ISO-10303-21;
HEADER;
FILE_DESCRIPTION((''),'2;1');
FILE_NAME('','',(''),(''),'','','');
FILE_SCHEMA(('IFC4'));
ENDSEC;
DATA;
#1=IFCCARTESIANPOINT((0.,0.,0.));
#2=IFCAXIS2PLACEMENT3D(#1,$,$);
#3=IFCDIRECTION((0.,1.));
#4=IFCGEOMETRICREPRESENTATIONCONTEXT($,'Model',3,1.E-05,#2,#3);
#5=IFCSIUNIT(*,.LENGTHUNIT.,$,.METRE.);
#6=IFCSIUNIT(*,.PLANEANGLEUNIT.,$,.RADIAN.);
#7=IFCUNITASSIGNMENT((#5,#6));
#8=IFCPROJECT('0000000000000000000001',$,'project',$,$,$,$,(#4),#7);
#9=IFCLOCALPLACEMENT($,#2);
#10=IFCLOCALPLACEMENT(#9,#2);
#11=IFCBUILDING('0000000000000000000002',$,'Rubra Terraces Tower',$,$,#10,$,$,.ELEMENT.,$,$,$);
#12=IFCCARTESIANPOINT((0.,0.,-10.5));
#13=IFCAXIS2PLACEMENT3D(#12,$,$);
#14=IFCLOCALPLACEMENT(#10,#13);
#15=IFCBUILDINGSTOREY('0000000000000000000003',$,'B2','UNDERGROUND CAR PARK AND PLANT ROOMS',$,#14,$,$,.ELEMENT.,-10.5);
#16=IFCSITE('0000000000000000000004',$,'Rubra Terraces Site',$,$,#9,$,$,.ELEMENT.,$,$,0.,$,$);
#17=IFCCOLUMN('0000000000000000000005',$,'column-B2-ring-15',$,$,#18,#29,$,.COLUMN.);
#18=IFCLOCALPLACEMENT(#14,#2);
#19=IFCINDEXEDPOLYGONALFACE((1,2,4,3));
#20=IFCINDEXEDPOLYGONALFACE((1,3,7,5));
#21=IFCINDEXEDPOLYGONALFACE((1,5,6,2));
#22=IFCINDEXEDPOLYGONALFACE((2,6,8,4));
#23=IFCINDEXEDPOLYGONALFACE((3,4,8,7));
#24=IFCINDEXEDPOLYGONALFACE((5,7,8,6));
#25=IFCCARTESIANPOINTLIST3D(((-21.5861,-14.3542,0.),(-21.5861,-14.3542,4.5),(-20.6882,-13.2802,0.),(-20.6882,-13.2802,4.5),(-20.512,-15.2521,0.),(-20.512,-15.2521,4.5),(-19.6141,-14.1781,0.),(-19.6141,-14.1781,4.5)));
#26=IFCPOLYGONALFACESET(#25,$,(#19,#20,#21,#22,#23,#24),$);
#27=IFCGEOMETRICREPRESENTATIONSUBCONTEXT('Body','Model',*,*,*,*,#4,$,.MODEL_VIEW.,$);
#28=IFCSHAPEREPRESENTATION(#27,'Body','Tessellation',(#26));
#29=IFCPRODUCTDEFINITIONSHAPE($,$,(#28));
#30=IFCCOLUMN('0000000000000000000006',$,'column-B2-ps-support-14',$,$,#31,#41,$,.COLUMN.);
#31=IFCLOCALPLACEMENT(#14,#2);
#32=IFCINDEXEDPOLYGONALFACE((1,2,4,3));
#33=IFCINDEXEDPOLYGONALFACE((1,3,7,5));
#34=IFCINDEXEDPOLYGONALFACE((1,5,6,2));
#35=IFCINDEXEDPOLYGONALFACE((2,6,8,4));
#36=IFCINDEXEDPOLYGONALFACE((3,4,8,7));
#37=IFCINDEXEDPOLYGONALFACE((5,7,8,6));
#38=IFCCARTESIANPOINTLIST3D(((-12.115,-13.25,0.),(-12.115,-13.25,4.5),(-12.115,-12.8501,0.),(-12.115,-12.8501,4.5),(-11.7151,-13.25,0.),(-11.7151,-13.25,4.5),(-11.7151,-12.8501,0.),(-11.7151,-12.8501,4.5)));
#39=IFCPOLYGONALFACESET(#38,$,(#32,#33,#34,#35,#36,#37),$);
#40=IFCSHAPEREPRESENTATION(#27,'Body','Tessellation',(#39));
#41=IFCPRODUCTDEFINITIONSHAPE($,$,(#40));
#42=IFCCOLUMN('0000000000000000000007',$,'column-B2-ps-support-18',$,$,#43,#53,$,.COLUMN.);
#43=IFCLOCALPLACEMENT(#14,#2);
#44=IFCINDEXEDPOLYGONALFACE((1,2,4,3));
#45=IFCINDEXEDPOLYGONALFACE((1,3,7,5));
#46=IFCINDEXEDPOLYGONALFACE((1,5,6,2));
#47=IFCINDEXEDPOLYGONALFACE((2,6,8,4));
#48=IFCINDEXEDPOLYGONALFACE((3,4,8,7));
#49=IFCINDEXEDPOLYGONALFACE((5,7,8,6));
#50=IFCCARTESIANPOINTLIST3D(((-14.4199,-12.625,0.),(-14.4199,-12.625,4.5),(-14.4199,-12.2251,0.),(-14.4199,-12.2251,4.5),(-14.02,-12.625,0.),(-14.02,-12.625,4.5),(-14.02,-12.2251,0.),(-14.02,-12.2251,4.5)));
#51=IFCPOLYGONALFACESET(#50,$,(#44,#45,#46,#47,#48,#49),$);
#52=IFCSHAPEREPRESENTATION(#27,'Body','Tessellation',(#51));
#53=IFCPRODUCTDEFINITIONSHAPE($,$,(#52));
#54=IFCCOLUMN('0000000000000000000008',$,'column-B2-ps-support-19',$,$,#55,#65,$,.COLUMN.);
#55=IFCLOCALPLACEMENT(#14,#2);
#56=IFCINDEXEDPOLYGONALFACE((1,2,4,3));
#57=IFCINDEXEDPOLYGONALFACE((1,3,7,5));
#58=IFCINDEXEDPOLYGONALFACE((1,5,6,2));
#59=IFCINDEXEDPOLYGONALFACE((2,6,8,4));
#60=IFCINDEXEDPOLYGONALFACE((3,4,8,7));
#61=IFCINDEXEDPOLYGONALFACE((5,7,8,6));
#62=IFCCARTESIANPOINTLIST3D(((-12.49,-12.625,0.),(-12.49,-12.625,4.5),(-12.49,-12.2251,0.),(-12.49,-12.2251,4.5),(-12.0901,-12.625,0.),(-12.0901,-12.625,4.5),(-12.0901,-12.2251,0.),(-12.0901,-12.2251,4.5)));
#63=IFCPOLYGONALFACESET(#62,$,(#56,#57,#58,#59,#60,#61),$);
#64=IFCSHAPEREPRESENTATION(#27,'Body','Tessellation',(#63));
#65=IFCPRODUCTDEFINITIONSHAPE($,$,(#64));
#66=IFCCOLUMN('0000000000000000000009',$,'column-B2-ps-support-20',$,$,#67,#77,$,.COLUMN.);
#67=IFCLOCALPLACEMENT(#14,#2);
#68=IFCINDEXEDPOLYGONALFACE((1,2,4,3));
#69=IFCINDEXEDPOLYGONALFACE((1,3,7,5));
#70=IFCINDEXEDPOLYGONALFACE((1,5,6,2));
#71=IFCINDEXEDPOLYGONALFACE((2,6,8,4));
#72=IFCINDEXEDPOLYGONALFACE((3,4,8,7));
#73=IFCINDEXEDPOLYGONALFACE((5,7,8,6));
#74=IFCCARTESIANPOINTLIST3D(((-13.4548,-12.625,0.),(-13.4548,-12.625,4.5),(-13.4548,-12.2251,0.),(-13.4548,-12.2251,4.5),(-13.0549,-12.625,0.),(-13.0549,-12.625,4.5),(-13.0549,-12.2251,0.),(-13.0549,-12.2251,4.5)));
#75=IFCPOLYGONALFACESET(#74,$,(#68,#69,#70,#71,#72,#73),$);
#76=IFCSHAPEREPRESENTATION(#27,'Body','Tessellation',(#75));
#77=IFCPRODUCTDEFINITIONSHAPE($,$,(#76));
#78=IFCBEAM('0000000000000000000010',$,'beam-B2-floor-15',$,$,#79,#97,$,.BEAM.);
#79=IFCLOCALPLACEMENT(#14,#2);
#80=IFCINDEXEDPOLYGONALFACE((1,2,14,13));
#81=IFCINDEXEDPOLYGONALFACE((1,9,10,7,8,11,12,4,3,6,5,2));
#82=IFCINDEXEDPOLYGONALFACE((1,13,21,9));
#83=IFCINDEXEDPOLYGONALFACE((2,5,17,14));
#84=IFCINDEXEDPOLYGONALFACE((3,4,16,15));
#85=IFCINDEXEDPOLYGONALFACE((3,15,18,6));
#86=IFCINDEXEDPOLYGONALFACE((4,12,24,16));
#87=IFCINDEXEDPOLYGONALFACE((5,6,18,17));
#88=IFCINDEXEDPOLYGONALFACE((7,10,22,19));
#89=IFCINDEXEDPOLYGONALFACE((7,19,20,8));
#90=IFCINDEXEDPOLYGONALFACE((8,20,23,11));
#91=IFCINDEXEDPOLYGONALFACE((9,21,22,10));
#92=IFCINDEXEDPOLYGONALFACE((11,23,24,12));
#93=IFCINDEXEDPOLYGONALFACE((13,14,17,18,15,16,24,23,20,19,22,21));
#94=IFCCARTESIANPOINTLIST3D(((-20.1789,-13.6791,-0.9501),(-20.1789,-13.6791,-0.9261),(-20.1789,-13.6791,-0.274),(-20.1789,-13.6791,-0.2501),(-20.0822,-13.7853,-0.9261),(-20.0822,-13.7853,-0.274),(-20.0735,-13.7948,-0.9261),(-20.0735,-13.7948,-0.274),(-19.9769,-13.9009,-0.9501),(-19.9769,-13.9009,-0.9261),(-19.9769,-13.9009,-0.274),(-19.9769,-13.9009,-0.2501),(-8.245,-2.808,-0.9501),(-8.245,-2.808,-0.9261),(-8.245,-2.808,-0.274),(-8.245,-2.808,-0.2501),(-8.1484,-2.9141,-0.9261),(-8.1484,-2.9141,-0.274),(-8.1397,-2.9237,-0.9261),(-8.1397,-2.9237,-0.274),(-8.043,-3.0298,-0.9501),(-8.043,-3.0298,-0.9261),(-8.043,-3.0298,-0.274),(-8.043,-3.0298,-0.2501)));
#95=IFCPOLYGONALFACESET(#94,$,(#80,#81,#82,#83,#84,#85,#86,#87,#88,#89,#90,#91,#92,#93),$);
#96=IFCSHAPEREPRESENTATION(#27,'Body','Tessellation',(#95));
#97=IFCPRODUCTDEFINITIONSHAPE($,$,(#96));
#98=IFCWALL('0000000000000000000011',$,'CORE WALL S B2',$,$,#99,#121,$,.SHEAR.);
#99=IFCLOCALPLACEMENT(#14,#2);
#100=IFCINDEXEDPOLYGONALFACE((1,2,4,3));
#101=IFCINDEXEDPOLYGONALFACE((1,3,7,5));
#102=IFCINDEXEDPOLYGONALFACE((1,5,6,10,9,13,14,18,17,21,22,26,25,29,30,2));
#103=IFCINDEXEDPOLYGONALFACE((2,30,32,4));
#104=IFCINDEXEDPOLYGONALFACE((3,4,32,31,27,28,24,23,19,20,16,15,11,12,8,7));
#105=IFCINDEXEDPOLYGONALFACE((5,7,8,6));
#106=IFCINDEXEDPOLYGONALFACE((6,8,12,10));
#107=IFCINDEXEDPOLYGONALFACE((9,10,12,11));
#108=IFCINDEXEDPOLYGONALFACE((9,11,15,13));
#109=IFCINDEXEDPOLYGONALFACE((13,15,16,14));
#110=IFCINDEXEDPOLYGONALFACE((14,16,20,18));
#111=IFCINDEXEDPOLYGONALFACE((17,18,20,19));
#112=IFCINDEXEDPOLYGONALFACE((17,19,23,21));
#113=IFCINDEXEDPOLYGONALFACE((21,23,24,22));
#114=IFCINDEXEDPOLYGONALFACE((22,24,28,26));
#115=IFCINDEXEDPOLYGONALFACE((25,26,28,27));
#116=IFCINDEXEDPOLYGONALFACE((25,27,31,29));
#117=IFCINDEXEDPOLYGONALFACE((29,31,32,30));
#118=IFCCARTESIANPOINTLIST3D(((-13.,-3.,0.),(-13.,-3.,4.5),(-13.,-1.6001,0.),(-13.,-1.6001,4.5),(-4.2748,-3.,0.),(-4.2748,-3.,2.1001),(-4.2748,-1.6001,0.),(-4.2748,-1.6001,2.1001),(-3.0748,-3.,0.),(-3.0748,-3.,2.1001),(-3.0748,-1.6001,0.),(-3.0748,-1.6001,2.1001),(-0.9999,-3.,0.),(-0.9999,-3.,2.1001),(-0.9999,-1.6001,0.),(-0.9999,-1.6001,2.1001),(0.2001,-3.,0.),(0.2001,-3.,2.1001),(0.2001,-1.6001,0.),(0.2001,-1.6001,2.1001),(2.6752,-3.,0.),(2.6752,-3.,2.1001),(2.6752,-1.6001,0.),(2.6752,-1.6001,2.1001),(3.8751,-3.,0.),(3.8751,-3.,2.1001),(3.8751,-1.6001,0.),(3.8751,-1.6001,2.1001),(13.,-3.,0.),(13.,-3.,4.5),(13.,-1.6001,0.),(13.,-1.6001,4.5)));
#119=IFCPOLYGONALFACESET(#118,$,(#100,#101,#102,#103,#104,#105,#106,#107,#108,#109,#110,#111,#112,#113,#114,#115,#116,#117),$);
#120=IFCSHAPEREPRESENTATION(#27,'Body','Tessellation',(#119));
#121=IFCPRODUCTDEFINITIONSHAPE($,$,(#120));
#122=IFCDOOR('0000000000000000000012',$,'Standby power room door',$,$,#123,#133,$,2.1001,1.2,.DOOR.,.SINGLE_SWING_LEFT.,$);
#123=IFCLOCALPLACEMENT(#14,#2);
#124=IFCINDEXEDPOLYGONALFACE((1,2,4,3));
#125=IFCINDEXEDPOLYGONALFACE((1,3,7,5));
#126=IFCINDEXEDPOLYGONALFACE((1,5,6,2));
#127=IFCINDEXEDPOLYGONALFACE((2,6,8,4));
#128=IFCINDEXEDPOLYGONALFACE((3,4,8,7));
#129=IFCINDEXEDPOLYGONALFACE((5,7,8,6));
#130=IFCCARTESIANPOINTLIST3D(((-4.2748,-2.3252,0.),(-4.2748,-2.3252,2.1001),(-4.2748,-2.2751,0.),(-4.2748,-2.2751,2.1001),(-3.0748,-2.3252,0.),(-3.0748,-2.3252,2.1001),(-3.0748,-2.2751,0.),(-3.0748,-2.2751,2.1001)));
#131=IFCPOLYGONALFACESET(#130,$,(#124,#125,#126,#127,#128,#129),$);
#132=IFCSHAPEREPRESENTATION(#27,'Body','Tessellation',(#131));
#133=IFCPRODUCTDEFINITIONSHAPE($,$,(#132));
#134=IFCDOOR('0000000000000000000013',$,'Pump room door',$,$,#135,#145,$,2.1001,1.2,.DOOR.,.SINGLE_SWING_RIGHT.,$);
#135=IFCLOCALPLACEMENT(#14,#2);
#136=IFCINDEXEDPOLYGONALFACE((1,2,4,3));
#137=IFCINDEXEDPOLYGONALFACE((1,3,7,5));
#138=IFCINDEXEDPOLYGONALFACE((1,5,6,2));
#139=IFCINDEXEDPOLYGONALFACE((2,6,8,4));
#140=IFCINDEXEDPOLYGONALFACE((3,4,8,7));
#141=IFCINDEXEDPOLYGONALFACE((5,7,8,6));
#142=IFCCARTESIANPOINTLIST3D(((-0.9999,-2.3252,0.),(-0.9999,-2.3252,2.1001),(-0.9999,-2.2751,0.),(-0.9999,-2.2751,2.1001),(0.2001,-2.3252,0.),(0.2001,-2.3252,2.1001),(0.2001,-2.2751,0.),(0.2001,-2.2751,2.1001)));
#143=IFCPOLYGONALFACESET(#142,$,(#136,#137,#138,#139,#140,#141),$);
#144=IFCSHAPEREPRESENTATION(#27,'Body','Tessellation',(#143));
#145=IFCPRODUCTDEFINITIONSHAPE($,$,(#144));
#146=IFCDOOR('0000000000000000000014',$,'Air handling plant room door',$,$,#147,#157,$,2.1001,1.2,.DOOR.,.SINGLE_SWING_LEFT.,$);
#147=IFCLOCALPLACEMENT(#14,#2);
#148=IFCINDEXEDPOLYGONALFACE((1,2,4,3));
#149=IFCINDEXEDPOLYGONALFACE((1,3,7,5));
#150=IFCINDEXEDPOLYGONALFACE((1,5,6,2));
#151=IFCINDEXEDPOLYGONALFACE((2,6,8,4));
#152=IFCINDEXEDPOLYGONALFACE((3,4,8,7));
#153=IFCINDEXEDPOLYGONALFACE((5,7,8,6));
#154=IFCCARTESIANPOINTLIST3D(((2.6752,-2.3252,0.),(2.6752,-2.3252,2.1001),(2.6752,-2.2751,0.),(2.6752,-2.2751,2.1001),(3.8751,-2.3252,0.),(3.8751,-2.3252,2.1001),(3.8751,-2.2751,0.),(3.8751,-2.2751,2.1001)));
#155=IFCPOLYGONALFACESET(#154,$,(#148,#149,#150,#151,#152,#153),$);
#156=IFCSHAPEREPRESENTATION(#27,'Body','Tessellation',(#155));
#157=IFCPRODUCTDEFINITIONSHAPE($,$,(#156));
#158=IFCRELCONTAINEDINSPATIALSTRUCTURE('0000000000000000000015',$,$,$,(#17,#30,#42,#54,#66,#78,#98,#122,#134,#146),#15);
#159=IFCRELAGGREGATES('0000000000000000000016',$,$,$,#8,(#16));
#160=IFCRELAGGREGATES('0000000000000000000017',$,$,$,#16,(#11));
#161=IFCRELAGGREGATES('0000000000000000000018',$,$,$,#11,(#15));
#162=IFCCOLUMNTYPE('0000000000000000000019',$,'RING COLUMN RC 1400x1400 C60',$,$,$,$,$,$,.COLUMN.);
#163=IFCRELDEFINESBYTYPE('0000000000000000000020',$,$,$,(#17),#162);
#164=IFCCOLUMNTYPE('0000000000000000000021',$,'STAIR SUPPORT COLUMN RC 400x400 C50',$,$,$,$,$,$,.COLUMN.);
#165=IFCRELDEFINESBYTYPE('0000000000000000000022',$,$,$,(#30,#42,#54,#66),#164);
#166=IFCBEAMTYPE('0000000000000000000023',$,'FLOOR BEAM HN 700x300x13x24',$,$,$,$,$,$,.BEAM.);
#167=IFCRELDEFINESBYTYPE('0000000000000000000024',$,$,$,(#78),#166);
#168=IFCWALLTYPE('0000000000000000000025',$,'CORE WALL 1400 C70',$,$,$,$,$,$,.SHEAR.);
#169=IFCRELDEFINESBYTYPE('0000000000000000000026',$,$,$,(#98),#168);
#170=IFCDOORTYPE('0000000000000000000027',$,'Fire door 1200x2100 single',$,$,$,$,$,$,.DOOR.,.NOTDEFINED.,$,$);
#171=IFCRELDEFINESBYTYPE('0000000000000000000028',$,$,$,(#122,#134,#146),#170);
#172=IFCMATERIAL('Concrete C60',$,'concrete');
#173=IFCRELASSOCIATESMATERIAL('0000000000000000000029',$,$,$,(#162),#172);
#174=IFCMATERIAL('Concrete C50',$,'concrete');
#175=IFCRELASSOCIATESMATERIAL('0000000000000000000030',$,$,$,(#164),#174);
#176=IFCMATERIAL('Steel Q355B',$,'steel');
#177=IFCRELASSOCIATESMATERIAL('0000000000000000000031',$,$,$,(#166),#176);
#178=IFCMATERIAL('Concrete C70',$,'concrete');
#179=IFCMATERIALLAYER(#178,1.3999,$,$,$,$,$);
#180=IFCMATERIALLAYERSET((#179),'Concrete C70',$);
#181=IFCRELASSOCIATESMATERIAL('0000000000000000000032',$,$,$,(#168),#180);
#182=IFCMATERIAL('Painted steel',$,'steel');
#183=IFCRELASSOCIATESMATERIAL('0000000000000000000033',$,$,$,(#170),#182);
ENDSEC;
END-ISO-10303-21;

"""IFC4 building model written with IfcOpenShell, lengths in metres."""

from ifc_helpers import new_model, si_unit, direction, frame, frame_2d, origin, origin_2d, place, context, subcontext, project, spatial, rectangle, i_section, extrude, material, layer, layer_set, material_profile, profile_set, type_object, element, fill, save


model = new_model("IFC4")

# Units and contexts
model_context = context("Model", 3, precision=1e-05, world=origin(), true_north=direction((0.0, 1.0)))
body_context = subcontext(model_context, "Body", "Model", "MODEL_VIEW")
ifc_project = project(units=[si_unit("LENGTHUNIT", "METRE"), si_unit("PLANEANGLEUNIT", "RADIAN")], contexts=[model_context])

# Site, building, storey
site_placement = place(None, origin())
site = spatial("IfcSite", under=ifc_project, at=site_placement, Name="Rubra Terraces Site", CompositionType="ELEMENT", RefElevation=0.0)
building_placement = place(site_placement, origin())
building = spatial("IfcBuilding", under=site, at=building_placement, Name="Rubra Terraces Tower", CompositionType="ELEMENT")
storey_placement = place(building_placement, frame((0.0, 0.0, -10.5)))
storey = spatial("IfcBuildingStorey", under=building, at=storey_placement, Name="B2", Description="UNDERGROUND CAR PARK AND PLANT ROOMS", CompositionType="ELEMENT", Elevation=-10.5)

# Columns
ifc_material_1 = material(Name="Concrete C60", Category="concrete")
ifc_material_profile_1 = material_profile(ifc_material_1, rectangle(XDim=1.3999, YDim=1.3999, at=origin_2d()), Name="RC 1400x1400")
ifc_profile_set_1 = profile_set([ifc_material_profile_1], Name="Concrete C60")
column_type_1 = type_object("IfcColumnType", Name="RING COLUMN RC 1400x1400 C60", PredefinedType="COLUMN", material=ifc_profile_set_1)
column_placement = place(storey_placement, frame((-20.6001, -14.2661, 0.0), z_axis=(0.0, 0.0, 1.0), x_axis=(0.76721, -0.641397, 0.0)))
element("IfcColumn", 1, at=column_placement, inside=storey, type_object=column_type_1, Name="column-B2-ring-15", PredefinedType="COLUMN", context=body_context, shape_type="SweptSolid", body=[
    extrude(rectangle(XDim=1.3999, YDim=1.3999, at=origin_2d()), origin(), (0.0, 0.0, 1.0), 4.5),
])
ifc_material_2 = material(Name="Concrete C50", Category="concrete")
ifc_material_profile_2 = material_profile(ifc_material_2, rectangle(XDim=0.3999, YDim=0.3999, at=origin_2d()), Name="RC 400x400")
ifc_profile_set_2 = profile_set([ifc_material_profile_2], Name="Concrete C50")
column_type_2 = type_object("IfcColumnType", Name="STAIR SUPPORT COLUMN RC 400x400 C50", PredefinedType="COLUMN", material=ifc_profile_set_2)
for number, where, z_axis, x_axis, name in (
    (2, (-11.915, -13.05, 0.0), (0.0, 0.0, 1.0), (1.0, 0.0, 0.0), "column-B2-ps-support-14"),
    (3, (-14.22, -12.425, 0.0), (0.0, 0.0, 1.0), (1.0, 0.0, 0.0), "column-B2-ps-support-18"),
    (4, (-12.29, -12.425, 0.0), (0.0, 0.0, 1.0), (1.0, 0.0, 0.0), "column-B2-ps-support-19"),
    (5, (-13.2549, -12.425, 0.0), (0.0, 0.0, 1.0), (1.0, 0.0, 0.0), "column-B2-ps-support-20"),
):
    element("IfcColumn", number, at=place(storey_placement, frame(where, z_axis=z_axis, x_axis=x_axis)), inside=storey, type_object=column_type_2, Name=name, PredefinedType="COLUMN", context=body_context, shape_type="SweptSolid", body=[
        extrude(rectangle(XDim=0.3999, YDim=0.3999, at=origin_2d()), origin(), (0.0, 0.0, 1.0), 4.5),
    ])

# Beam
ifc_material_3 = material(Name="Steel Q355B", Category="steel")
ifc_material_profile_3 = material_profile(ifc_material_3, i_section(OverallWidth=0.3, OverallDepth=0.7, WebThickness=0.0129, FlangeThickness=0.0239, at=origin_2d()), Name="HN 700x300x13x24")
ifc_profile_set_3 = profile_set([ifc_material_profile_3], Name="Steel Q355B")
beam_type = type_object("IfcBeamType", Name="FLOOR BEAM HN 700x300x13x24", PredefinedType="BEAM", material=ifc_profile_set_3)
beam_placement = place(storey_placement, frame((-20.0779, -13.79, -0.6001), z_axis=(0.739257, 0.673424, 0.0), x_axis=(-0.673424, 0.739257, 0.0)))
element("IfcBeam", 6, at=beam_placement, inside=storey, type_object=beam_type, Name="beam-B2-floor-15", PredefinedType="BEAM", context=body_context, shape_type="SweptSolid", body=[
    extrude(i_section(OverallWidth=0.3, OverallDepth=0.7, WebThickness=0.0129, FlangeThickness=0.0239, at=origin_2d()), origin(), (0.0, 0.0, 1.0), 16.1431),
])

# Wall, openings, doors
ifc_material_4 = material(Name="Concrete C70", Category="concrete")
ifc_layer_1 = layer(ifc_material_4, 1.3999)
ifc_layer_set_1 = layer_set([ifc_layer_1], Name="Concrete C70")
wall_type_1 = type_object("IfcWallType", Name="CORE WALL 1400 C70", PredefinedType="SHEAR", material=ifc_layer_set_1)
wall_1_placement = place(storey_placement, frame((-13.0, -2.3, 0.0), z_axis=(0.0, 0.0, 1.0), x_axis=(1.0, 0.0, 0.0)))
wall_1 = element("IfcWall", 7, at=wall_1_placement, inside=storey, type_object=wall_type_1, Name="CORE WALL S B2", PredefinedType="SHEAR", context=body_context, shape_type="SweptSolid", body=[
    extrude(rectangle(XDim=26.0, YDim=1.3999, at=frame_2d((13.0, 0.0))), origin(), (0.0, 0.0, 1.0), 4.5),
])
opening_1_placement = place(wall_1_placement, frame((8.7251, 0.0, 0.0)))
opening_1 = element("IfcOpeningElement", 8, at=opening_1_placement, cuts=wall_1, PredefinedType="OPENING", context=body_context, shape_type="SweptSolid", body=[
    extrude(rectangle(XDim=1.2, YDim=2.1001, at=frame_2d((0.6001, 1.05))), frame((0.0, 0.71, 0.0), z_axis=(0.0, -1.0, 0.0), x_axis=(1.0, 0.0, 0.0)), (0.0, 0.0, 1.0), 1.4199),
])
opening_2_placement = place(wall_1_placement, frame((12.0, 0.0, 0.0)))
opening_2 = element("IfcOpeningElement", 9, at=opening_2_placement, cuts=wall_1, PredefinedType="OPENING", context=body_context, shape_type="SweptSolid", body=[
    extrude(rectangle(XDim=1.2, YDim=2.1001, at=frame_2d((0.6001, 1.05))), frame((0.0, 0.71, 0.0), z_axis=(0.0, -1.0, 0.0), x_axis=(1.0, 0.0, 0.0)), (0.0, 0.0, 1.0), 1.4199),
])
opening_3_placement = place(wall_1_placement, frame((15.675, 0.0, 0.0)))
opening_3 = element("IfcOpeningElement", 10, at=opening_3_placement, cuts=wall_1, PredefinedType="OPENING", context=body_context, shape_type="SweptSolid", body=[
    extrude(rectangle(XDim=1.2, YDim=2.1001, at=frame_2d((0.6001, 1.05))), frame((0.0, 0.71, 0.0), z_axis=(0.0, -1.0, 0.0), x_axis=(1.0, 0.0, 0.0)), (0.0, 0.0, 1.0), 1.4199),
])
ifc_material_5 = material(Name="Painted steel", Category="steel")
door_type_1 = type_object("IfcDoorType", Name="Fire door 1200x2100 single", OperationType="NOTDEFINED", PredefinedType="DOOR", material=ifc_material_5)
door_1_placement = place(opening_1_placement, origin())
door_1 = element("IfcDoor", 11, at=door_1_placement, inside=storey, type_object=door_type_1, Name="Standby power room door", OperationType="SINGLE_SWING_LEFT", OverallHeight=2.1001, OverallWidth=1.2, PredefinedType="DOOR", context=body_context, shape_type="SweptSolid", body=[
    extrude(rectangle(XDim=1.2, YDim=2.1001, at=frame_2d((0.6001, 1.05))), frame((0.0, 0.0249, 0.0), z_axis=(0.0, -1.0, 0.0), x_axis=(1.0, 0.0, 0.0)), (0.0, 0.0, 1.0), 0.05),
])
fill(opening_1, door_1)
door_2_placement = place(opening_2_placement, origin())
door_2 = element("IfcDoor", 12, at=door_2_placement, inside=storey, type_object=door_type_1, Name="Pump room door", OperationType="SINGLE_SWING_RIGHT", OverallHeight=2.1001, OverallWidth=1.2, PredefinedType="DOOR", context=body_context, shape_type="SweptSolid", body=[
    extrude(rectangle(XDim=1.2, YDim=2.1001, at=frame_2d((0.6001, 1.05))), frame((0.0, 0.0249, 0.0), z_axis=(0.0, -1.0, 0.0), x_axis=(1.0, 0.0, 0.0)), (0.0, 0.0, 1.0), 0.05),
])
fill(opening_2, door_2)
door_3_placement = place(opening_3_placement, origin())
door_3 = element("IfcDoor", 13, at=door_3_placement, inside=storey, type_object=door_type_1, Name="Air handling plant room door", OperationType="SINGLE_SWING_LEFT", OverallHeight=2.1001, OverallWidth=1.2, PredefinedType="DOOR", context=body_context, shape_type="SweptSolid", body=[
    extrude(rectangle(XDim=1.2, YDim=2.1001, at=frame_2d((0.6001, 1.05))), frame((0.0, 0.0249, 0.0), z_axis=(0.0, -1.0, 0.0), x_axis=(1.0, 0.0, 0.0)), (0.0, 0.0, 1.0), 0.05),
])
fill(opening_3, door_3)

save(model, "model.ifc")
